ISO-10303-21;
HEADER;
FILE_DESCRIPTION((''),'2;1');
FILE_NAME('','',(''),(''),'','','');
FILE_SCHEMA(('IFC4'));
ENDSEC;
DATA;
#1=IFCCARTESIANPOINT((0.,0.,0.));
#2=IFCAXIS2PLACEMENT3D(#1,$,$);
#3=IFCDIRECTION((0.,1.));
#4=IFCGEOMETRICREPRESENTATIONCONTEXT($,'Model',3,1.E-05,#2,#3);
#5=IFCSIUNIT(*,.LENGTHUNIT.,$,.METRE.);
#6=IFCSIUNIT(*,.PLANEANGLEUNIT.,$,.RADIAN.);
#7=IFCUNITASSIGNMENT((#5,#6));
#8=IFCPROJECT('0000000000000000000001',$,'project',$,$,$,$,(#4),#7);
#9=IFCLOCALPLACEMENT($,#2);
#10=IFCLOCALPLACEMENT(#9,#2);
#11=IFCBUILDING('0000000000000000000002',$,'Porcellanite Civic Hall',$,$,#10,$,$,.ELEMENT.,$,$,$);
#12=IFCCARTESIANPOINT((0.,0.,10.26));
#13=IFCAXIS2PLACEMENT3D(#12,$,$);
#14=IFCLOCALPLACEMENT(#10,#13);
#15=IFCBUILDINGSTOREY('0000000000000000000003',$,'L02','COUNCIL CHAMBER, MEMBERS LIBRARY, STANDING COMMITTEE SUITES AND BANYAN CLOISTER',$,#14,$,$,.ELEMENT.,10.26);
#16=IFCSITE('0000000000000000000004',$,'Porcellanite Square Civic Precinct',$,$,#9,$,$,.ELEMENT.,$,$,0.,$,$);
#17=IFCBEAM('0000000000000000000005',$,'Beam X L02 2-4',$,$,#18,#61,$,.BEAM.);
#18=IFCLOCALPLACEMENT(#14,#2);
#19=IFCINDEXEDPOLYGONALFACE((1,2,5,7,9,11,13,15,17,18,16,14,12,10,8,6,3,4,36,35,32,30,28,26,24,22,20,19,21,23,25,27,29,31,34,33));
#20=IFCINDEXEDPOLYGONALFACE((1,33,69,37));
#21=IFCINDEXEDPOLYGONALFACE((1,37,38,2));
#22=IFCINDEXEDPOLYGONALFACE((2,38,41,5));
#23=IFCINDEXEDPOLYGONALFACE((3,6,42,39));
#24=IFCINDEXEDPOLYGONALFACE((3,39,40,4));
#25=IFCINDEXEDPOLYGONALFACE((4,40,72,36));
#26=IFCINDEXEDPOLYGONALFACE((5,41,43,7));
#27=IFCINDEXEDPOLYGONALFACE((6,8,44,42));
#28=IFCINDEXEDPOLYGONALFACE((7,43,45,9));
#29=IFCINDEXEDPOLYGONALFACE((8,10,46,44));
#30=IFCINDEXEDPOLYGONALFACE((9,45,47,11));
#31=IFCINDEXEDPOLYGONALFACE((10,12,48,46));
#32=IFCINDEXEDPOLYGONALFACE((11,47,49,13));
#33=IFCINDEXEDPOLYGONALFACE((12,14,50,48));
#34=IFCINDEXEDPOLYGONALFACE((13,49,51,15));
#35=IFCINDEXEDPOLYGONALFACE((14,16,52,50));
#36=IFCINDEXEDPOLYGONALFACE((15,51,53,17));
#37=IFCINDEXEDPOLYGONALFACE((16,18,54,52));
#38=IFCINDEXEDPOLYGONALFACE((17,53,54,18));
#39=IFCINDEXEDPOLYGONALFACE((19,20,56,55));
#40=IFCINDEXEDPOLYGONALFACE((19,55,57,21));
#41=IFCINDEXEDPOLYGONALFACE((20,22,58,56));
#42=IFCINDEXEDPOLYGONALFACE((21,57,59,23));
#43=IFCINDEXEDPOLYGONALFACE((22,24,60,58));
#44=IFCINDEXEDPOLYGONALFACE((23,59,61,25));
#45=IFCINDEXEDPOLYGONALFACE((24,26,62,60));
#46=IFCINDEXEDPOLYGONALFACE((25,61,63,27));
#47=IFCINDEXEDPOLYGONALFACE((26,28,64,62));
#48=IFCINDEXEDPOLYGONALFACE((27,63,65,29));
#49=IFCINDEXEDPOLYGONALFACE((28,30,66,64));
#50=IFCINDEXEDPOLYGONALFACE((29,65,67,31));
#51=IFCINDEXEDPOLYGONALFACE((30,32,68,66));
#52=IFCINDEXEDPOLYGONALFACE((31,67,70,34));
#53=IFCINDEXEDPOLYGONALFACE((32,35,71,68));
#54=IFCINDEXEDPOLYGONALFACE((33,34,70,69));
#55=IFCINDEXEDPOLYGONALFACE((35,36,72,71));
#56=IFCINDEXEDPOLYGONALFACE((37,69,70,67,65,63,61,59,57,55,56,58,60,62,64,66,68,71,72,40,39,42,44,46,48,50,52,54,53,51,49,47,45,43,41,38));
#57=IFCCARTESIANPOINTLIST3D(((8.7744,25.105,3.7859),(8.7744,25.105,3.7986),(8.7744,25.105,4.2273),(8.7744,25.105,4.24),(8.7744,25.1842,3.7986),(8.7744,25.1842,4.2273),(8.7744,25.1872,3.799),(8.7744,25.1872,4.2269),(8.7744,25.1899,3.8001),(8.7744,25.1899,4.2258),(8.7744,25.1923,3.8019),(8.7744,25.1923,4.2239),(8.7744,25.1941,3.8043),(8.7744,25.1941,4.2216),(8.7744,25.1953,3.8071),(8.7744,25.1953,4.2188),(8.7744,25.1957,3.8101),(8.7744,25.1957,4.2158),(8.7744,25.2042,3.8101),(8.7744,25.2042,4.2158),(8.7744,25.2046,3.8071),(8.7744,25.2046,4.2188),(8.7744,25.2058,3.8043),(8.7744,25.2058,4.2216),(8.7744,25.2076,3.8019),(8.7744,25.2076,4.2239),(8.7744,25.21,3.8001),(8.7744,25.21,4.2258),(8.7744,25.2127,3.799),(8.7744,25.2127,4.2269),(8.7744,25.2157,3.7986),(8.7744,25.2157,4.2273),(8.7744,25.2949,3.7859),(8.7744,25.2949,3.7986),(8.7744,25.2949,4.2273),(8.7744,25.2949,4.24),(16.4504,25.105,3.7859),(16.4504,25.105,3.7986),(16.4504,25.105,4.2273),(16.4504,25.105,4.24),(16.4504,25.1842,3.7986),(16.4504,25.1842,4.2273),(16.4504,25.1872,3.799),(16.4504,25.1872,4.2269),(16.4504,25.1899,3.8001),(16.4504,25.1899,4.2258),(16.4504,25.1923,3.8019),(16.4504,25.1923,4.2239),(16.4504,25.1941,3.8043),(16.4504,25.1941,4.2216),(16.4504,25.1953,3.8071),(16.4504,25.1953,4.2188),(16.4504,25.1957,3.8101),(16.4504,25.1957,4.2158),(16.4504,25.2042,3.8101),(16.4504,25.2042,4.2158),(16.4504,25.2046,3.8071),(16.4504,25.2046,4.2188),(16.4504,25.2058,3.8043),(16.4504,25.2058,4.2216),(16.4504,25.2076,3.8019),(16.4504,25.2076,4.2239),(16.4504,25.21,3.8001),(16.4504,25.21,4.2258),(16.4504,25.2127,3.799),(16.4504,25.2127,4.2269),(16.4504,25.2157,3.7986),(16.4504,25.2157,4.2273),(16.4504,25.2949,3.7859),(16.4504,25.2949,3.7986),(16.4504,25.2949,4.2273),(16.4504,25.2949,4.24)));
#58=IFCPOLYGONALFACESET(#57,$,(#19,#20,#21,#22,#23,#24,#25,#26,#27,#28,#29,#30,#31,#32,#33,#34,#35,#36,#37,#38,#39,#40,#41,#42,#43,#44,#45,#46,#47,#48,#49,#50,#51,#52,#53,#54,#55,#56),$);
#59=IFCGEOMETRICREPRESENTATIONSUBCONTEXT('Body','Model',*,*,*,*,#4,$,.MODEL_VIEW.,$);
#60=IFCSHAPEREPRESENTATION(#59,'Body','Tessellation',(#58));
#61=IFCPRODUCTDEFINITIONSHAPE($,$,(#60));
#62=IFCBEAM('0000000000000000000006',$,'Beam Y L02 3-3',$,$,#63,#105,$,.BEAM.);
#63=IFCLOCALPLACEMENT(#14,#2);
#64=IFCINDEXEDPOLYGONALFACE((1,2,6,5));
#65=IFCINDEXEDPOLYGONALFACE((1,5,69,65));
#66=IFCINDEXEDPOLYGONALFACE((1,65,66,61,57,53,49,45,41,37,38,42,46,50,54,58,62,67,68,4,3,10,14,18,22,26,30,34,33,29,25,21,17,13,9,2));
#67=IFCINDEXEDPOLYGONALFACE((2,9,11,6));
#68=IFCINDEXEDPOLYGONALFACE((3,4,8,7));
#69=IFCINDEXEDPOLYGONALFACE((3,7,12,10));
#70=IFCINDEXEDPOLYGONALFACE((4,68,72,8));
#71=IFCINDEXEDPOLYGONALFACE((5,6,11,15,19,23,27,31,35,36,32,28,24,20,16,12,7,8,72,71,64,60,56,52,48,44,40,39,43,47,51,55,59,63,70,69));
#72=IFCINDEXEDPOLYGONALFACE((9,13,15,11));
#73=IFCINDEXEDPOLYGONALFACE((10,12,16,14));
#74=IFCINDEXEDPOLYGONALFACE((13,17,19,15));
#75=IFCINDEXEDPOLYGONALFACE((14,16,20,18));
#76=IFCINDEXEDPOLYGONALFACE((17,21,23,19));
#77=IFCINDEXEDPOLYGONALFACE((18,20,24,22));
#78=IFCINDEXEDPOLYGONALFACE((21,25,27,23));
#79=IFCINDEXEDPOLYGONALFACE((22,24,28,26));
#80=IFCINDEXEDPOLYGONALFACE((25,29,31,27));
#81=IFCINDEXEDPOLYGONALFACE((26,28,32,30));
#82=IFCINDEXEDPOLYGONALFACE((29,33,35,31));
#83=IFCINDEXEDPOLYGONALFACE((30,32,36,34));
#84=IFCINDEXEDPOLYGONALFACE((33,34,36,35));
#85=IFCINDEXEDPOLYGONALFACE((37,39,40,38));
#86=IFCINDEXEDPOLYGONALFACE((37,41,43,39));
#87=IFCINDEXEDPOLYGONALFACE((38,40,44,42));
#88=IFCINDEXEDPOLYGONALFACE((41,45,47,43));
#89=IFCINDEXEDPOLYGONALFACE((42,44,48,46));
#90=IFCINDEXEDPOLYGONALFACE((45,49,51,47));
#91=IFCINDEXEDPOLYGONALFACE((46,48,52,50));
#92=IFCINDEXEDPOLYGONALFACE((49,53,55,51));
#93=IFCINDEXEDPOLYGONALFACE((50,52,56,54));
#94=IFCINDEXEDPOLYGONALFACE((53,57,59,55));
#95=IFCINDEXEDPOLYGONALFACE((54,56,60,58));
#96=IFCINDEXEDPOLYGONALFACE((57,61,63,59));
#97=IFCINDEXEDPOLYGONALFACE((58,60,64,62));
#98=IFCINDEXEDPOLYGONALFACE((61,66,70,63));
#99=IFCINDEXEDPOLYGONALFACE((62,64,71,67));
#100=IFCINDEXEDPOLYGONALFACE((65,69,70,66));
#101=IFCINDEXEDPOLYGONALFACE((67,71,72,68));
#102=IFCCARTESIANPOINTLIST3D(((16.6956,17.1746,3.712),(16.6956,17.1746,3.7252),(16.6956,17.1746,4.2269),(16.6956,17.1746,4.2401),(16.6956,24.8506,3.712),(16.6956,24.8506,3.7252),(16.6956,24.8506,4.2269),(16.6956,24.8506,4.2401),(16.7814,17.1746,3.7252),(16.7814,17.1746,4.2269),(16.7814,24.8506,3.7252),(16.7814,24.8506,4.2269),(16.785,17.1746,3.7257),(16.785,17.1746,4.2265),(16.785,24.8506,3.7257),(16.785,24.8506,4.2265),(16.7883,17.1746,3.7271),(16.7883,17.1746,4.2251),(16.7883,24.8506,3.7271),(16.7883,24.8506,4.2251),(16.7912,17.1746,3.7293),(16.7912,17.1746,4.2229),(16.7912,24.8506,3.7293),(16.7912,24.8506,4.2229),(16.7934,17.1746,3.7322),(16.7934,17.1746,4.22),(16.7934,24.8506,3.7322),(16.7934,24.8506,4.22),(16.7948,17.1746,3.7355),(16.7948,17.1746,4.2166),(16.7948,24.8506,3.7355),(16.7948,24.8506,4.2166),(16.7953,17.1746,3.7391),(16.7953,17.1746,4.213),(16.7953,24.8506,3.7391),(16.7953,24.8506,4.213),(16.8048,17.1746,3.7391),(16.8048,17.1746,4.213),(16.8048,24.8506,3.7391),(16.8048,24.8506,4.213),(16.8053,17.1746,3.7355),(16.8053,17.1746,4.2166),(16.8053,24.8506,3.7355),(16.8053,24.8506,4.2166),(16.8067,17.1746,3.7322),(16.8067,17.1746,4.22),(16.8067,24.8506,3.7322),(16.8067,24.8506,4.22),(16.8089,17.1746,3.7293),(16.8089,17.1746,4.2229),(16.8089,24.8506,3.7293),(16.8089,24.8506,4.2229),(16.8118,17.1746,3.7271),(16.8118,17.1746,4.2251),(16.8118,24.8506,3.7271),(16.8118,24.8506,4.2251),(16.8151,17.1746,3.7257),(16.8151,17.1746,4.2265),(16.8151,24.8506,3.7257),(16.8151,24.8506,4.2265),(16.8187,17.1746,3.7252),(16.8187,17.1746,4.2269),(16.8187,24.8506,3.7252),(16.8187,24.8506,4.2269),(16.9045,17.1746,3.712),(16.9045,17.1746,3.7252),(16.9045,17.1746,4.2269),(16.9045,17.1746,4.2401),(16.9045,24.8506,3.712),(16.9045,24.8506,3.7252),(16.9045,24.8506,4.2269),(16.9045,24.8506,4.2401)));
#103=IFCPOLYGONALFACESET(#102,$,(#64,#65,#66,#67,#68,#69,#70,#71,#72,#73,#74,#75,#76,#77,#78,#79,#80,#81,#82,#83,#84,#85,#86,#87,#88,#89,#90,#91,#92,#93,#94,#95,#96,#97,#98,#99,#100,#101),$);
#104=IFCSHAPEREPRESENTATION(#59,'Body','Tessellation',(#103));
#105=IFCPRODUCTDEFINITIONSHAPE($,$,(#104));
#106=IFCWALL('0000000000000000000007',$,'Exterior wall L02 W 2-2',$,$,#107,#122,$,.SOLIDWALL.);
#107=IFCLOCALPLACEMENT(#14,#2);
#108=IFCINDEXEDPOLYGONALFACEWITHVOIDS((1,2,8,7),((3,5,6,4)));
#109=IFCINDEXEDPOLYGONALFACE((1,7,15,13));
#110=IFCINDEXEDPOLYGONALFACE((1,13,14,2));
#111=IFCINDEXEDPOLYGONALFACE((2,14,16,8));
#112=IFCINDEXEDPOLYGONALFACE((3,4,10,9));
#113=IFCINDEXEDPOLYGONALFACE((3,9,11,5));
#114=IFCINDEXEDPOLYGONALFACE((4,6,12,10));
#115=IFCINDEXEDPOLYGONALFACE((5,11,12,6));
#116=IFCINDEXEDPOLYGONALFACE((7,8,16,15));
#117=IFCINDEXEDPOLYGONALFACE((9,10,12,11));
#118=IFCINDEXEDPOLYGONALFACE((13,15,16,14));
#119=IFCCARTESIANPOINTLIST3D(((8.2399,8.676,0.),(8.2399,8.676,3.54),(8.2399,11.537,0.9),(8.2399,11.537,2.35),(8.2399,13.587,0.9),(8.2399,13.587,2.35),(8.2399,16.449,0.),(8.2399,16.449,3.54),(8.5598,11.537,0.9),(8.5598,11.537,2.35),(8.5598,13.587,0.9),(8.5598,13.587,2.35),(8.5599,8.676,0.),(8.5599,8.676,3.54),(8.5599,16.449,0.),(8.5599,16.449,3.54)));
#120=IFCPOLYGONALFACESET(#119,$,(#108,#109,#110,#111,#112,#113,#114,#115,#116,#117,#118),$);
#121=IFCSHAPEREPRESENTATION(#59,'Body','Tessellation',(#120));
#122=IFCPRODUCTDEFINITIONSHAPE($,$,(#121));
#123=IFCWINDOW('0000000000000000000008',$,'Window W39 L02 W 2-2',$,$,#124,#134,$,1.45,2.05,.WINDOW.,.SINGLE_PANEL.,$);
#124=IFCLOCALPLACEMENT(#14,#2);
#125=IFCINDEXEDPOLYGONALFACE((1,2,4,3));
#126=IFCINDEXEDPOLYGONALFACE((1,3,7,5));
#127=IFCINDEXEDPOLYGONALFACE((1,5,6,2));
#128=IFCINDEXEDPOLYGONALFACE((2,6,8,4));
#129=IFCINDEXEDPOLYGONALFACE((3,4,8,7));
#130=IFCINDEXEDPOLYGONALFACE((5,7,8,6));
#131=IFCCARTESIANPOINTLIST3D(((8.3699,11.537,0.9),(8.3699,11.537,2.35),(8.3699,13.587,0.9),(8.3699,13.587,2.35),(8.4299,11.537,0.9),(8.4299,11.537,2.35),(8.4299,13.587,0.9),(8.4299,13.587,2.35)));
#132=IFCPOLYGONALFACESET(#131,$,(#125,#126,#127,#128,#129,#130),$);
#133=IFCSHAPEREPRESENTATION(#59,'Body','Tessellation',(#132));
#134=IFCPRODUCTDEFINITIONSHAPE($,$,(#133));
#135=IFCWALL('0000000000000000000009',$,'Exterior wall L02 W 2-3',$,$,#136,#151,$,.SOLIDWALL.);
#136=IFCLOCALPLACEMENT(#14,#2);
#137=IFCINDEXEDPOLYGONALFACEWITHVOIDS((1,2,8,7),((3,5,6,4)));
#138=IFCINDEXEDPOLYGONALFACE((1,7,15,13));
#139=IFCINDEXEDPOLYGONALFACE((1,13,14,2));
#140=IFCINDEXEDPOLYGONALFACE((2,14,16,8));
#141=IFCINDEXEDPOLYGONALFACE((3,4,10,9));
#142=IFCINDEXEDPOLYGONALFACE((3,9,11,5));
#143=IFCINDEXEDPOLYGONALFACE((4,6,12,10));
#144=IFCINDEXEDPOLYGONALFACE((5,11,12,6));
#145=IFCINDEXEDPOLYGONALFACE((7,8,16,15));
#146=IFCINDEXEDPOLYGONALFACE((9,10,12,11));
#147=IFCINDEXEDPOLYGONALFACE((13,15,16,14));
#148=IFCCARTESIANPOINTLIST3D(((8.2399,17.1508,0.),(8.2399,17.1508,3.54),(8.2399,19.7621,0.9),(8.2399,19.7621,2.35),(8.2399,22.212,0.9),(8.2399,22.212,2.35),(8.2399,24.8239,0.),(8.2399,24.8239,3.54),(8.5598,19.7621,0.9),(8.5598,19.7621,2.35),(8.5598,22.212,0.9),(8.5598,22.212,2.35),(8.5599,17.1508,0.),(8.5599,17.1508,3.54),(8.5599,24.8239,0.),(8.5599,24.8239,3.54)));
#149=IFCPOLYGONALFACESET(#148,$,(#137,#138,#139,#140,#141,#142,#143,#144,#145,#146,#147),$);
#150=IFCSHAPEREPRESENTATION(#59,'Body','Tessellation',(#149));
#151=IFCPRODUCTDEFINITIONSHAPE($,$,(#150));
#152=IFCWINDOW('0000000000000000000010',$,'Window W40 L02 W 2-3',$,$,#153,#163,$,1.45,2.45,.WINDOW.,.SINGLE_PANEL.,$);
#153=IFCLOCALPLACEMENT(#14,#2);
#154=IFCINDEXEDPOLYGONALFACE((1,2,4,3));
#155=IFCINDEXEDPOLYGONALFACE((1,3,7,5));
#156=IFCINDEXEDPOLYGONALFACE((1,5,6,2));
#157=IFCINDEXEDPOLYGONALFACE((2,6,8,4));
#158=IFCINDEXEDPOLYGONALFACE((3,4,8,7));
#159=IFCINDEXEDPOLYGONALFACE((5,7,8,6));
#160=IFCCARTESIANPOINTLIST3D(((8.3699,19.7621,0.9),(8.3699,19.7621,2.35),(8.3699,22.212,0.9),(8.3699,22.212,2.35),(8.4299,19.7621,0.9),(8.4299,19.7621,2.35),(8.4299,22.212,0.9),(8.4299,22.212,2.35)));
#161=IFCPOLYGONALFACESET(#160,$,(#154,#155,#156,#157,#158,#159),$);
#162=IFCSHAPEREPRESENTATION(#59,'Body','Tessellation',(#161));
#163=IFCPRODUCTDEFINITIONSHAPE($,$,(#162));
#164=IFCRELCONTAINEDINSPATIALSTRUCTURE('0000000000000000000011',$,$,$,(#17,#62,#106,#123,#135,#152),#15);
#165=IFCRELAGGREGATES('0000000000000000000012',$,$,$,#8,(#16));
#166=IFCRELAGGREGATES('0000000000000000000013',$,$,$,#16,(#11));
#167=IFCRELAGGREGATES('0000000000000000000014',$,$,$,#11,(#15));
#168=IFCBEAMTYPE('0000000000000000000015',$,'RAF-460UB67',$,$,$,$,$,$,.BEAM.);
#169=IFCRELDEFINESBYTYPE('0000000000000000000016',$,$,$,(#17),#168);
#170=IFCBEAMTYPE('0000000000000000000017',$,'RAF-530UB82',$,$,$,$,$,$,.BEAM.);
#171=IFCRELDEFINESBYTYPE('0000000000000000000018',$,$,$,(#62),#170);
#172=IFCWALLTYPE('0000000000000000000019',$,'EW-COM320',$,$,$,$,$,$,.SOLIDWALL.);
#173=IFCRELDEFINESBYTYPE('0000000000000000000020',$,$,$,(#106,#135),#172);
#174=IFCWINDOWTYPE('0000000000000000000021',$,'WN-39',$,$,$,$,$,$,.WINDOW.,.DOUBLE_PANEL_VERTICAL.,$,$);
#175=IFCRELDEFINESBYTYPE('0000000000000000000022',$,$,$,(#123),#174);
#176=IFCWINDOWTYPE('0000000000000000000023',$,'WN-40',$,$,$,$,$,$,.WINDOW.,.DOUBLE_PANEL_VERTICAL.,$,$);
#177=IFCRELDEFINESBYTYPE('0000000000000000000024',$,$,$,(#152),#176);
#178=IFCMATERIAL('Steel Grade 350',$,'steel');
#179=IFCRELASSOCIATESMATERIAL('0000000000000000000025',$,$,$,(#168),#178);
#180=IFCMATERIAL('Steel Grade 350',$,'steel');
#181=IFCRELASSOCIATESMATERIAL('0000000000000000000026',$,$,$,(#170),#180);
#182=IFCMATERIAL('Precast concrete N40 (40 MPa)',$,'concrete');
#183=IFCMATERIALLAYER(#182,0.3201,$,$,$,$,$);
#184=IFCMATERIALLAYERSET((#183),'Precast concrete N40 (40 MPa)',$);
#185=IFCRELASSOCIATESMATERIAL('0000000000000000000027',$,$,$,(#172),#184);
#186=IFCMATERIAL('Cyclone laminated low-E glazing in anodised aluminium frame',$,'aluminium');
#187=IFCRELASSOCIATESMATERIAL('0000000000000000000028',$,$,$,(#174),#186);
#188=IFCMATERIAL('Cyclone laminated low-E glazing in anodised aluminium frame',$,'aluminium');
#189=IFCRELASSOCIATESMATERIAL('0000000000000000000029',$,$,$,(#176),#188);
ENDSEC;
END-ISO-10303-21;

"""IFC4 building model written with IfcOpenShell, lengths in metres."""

from ifc_helpers import new_model, si_unit, direction, frame, frame_2d, origin, origin_2d, place, context, subcontext, project, spatial, rectangle, i_section, extrude, material, layer, layer_set, material_profile, profile_set, type_object, element, fill, save


model = new_model("IFC4")

# Units and contexts
model_context = context("Model", 3, precision=1e-05, world=origin(), true_north=direction((0.0, 1.0)))
body_context = subcontext(model_context, "Body", "Model", "MODEL_VIEW")
ifc_project = project(units=[si_unit("LENGTHUNIT", "METRE"), si_unit("PLANEANGLEUNIT", "RADIAN")], contexts=[model_context])

# Site, building, storey
site_placement = place(None, origin())
site = spatial("IfcSite", under=ifc_project, at=site_placement, Name="Porcellanite Square Civic Precinct", CompositionType="ELEMENT", RefElevation=0.0)
building_placement = place(site_placement, origin())
building = spatial("IfcBuilding", under=site, at=building_placement, Name="Porcellanite Civic Hall", CompositionType="ELEMENT")
storey_placement = place(building_placement, frame((0.0, 0.0, 10.26)))
storey = spatial("IfcBuildingStorey", under=building, at=storey_placement, Name="L02", Description="COUNCIL CHAMBER, MEMBERS LIBRARY, STANDING COMMITTEE SUITES AND BANYAN CLOISTER", CompositionType="ELEMENT", Elevation=10.26)

# Beams
ifc_material_1 = material(Name="Steel Grade 350", Category="steel")
ifc_material_profile_1 = material_profile(ifc_material_1, i_section(OverallWidth=0.1899, OverallDepth=0.4541, WebThickness=0.0085, FlangeThickness=0.0127, FilletRadius=0.0115, at=origin_2d()), Name="460UB67.1")
ifc_profile_set_1 = profile_set([ifc_material_profile_1], Name="Steel Grade 350")
beam_type_1 = type_object("IfcBeamType", Name="RAF-460UB67", PredefinedType="BEAM", material=ifc_profile_set_1)
for number, where, z_axis, x_axis, name in (
    (1, (8.7744, 25.2, 4.0129), (1.0, 0.0, 0.0), (0.0, 1.0, 0.0), "Beam X L02 2-4"),
):
    element("IfcBeam", number, at=place(storey_placement, frame(where, z_axis=z_axis, x_axis=x_axis)), inside=storey, type_object=beam_type_1, Name=name, PredefinedType="BEAM", context=body_context, shape_type="SweptSolid", body=[
        extrude(i_section(OverallWidth=0.1899, OverallDepth=0.4541, WebThickness=0.0085, FlangeThickness=0.0127, FilletRadius=0.0115, at=origin_2d()), origin(), (0.0, 0.0, 1.0), 7.676),
    ])
ifc_material_2 = material(Name="Steel Grade 350", Category="steel")
ifc_material_profile_2 = material_profile(ifc_material_2, i_section(OverallWidth=0.209, OverallDepth=0.5281, WebThickness=0.0095, FlangeThickness=0.0132, FilletRadius=0.0139, at=origin_2d()), Name="530UB82.0")
ifc_profile_set_2 = profile_set([ifc_material_profile_2], Name="Steel Grade 350")
beam_type_2 = type_object("IfcBeamType", Name="RAF-530UB82", PredefinedType="BEAM", material=ifc_profile_set_2)
beam_1_placement = place(storey_placement, frame((16.8, 17.1746, 3.9761), z_axis=(0.0, 1.0, 0.0), x_axis=(-1.0, 0.0, 0.0)))
element("IfcBeam", 2, at=beam_1_placement, inside=storey, type_object=beam_type_2, Name="Beam Y L02 3-3", PredefinedType="BEAM", context=body_context, shape_type="SweptSolid", body=[
    extrude(i_section(OverallWidth=0.209, OverallDepth=0.5281, WebThickness=0.0095, FlangeThickness=0.0132, FilletRadius=0.0139, at=origin_2d()), origin(), (0.0, 0.0, 1.0), 7.676),
])

# Walls, openings, windows
ifc_material_3 = material(Name="Precast concrete N40 (40 MPa)", Category="concrete")
ifc_layer_1 = layer(ifc_material_3, 0.3201)
ifc_layer_set_1 = layer_set([ifc_layer_1], Name="Precast concrete N40 (40 MPa)")
wall_type_1 = type_object("IfcWallType", Name="EW-COM320", PredefinedType="SOLIDWALL", material=ifc_layer_set_1)
wall_1_placement = place(storey_placement, frame((8.3999, 8.676, 0.0), z_axis=(0.0, 0.0, 1.0), x_axis=(0.0, 1.0, 0.0)))
wall_1 = element("IfcWall", 3, at=wall_1_placement, inside=storey, type_object=wall_type_1, Name="Exterior wall L02 W 2-2", PredefinedType="SOLIDWALL", context=body_context, shape_type="SweptSolid", body=[
    extrude(rectangle(XDim=7.7729, YDim=0.3201, at=frame_2d((3.8865, 0.0))), origin(), (0.0, 0.0, 1.0), 3.54),
])
opening_1_placement = place(wall_1_placement, frame((2.8611, 0.0, 0.8999)))
opening_1 = element("IfcOpeningElement", 4, at=opening_1_placement, cuts=wall_1, PredefinedType="OPENING", context=body_context, shape_type="SweptSolid", body=[
    extrude(rectangle(XDim=2.05, YDim=1.45, at=frame_2d((1.0249, 0.7251))), frame((0.0, 0.1602, 0.0), z_axis=(0.0, -1.0, 0.0), x_axis=(1.0, 0.0, 0.0)), (0.0, 0.0, 1.0), 0.3201),
])
ifc_material_4 = material(Name="Cyclone laminated low-E glazing in anodised aluminium frame", Category="aluminium")
window_type_1 = type_object("IfcWindowType", Name="WN-39", PartitioningType="DOUBLE_PANEL_VERTICAL", PredefinedType="WINDOW", material=ifc_material_4)
window_1_placement = place(opening_1_placement, origin())
window_1 = element("IfcWindow", 5, at=window_1_placement, inside=storey, type_object=window_type_1, Name="Window W39 L02 W 2-2", OverallHeight=1.45, OverallWidth=2.05, PartitioningType="SINGLE_PANEL", PredefinedType="WINDOW", context=body_context, shape_type="SweptSolid", body=[
    extrude(rectangle(XDim=2.05, YDim=1.45, at=frame_2d((1.0249, 0.7251))), frame((0.0, 0.03, 0.0), z_axis=(0.0, -1.0, 0.0), x_axis=(1.0, 0.0, 0.0)), (0.0, 0.0, 1.0), 0.0601),
])
fill(opening_1, window_1)
wall_2_placement = place(storey_placement, frame((8.3999, 17.1509, 0.0), z_axis=(0.0, 0.0, 1.0), x_axis=(0.0, 1.0, 0.0)))
wall_2 = element("IfcWall", 6, at=wall_2_placement, inside=storey, type_object=wall_type_1, Name="Exterior wall L02 W 2-3", PredefinedType="SOLIDWALL", context=body_context, shape_type="SweptSolid", body=[
    extrude(rectangle(XDim=7.6731, YDim=0.3201, at=frame_2d((3.8364, 0.0))), origin(), (0.0, 0.0, 1.0), 3.54),
])
opening_2_placement = place(wall_2_placement, frame((2.6111, 0.0, 0.8999)))
opening_2 = element("IfcOpeningElement", 7, at=opening_2_placement, cuts=wall_2, PredefinedType="OPENING", context=body_context, shape_type="SweptSolid", body=[
    extrude(rectangle(XDim=2.45, YDim=1.45, at=frame_2d((1.2251, 0.7251))), frame((0.0, 0.1602, 0.0), z_axis=(0.0, -1.0, 0.0), x_axis=(1.0, 0.0, 0.0)), (0.0, 0.0, 1.0), 0.3201),
])
ifc_material_5 = material(Name="Cyclone laminated low-E glazing in anodised aluminium frame", Category="aluminium")
window_type_2 = type_object("IfcWindowType", Name="WN-40", PartitioningType="DOUBLE_PANEL_VERTICAL", PredefinedType="WINDOW", material=ifc_material_5)
window_2_placement = place(opening_2_placement, origin())
window_2 = element("IfcWindow", 8, at=window_2_placement, inside=storey, type_object=window_type_2, Name="Window W40 L02 W 2-3", OverallHeight=1.45, OverallWidth=2.45, PartitioningType="SINGLE_PANEL", PredefinedType="WINDOW", context=body_context, shape_type="SweptSolid", body=[
    extrude(rectangle(XDim=2.45, YDim=1.45, at=frame_2d((1.2251, 0.7251))), frame((0.0, 0.03, 0.0), z_axis=(0.0, -1.0, 0.0), x_axis=(1.0, 0.0, 0.0)), (0.0, 0.0, 1.0), 0.0601),
])
fill(opening_2, window_2)

save(model, "model.ifc")
